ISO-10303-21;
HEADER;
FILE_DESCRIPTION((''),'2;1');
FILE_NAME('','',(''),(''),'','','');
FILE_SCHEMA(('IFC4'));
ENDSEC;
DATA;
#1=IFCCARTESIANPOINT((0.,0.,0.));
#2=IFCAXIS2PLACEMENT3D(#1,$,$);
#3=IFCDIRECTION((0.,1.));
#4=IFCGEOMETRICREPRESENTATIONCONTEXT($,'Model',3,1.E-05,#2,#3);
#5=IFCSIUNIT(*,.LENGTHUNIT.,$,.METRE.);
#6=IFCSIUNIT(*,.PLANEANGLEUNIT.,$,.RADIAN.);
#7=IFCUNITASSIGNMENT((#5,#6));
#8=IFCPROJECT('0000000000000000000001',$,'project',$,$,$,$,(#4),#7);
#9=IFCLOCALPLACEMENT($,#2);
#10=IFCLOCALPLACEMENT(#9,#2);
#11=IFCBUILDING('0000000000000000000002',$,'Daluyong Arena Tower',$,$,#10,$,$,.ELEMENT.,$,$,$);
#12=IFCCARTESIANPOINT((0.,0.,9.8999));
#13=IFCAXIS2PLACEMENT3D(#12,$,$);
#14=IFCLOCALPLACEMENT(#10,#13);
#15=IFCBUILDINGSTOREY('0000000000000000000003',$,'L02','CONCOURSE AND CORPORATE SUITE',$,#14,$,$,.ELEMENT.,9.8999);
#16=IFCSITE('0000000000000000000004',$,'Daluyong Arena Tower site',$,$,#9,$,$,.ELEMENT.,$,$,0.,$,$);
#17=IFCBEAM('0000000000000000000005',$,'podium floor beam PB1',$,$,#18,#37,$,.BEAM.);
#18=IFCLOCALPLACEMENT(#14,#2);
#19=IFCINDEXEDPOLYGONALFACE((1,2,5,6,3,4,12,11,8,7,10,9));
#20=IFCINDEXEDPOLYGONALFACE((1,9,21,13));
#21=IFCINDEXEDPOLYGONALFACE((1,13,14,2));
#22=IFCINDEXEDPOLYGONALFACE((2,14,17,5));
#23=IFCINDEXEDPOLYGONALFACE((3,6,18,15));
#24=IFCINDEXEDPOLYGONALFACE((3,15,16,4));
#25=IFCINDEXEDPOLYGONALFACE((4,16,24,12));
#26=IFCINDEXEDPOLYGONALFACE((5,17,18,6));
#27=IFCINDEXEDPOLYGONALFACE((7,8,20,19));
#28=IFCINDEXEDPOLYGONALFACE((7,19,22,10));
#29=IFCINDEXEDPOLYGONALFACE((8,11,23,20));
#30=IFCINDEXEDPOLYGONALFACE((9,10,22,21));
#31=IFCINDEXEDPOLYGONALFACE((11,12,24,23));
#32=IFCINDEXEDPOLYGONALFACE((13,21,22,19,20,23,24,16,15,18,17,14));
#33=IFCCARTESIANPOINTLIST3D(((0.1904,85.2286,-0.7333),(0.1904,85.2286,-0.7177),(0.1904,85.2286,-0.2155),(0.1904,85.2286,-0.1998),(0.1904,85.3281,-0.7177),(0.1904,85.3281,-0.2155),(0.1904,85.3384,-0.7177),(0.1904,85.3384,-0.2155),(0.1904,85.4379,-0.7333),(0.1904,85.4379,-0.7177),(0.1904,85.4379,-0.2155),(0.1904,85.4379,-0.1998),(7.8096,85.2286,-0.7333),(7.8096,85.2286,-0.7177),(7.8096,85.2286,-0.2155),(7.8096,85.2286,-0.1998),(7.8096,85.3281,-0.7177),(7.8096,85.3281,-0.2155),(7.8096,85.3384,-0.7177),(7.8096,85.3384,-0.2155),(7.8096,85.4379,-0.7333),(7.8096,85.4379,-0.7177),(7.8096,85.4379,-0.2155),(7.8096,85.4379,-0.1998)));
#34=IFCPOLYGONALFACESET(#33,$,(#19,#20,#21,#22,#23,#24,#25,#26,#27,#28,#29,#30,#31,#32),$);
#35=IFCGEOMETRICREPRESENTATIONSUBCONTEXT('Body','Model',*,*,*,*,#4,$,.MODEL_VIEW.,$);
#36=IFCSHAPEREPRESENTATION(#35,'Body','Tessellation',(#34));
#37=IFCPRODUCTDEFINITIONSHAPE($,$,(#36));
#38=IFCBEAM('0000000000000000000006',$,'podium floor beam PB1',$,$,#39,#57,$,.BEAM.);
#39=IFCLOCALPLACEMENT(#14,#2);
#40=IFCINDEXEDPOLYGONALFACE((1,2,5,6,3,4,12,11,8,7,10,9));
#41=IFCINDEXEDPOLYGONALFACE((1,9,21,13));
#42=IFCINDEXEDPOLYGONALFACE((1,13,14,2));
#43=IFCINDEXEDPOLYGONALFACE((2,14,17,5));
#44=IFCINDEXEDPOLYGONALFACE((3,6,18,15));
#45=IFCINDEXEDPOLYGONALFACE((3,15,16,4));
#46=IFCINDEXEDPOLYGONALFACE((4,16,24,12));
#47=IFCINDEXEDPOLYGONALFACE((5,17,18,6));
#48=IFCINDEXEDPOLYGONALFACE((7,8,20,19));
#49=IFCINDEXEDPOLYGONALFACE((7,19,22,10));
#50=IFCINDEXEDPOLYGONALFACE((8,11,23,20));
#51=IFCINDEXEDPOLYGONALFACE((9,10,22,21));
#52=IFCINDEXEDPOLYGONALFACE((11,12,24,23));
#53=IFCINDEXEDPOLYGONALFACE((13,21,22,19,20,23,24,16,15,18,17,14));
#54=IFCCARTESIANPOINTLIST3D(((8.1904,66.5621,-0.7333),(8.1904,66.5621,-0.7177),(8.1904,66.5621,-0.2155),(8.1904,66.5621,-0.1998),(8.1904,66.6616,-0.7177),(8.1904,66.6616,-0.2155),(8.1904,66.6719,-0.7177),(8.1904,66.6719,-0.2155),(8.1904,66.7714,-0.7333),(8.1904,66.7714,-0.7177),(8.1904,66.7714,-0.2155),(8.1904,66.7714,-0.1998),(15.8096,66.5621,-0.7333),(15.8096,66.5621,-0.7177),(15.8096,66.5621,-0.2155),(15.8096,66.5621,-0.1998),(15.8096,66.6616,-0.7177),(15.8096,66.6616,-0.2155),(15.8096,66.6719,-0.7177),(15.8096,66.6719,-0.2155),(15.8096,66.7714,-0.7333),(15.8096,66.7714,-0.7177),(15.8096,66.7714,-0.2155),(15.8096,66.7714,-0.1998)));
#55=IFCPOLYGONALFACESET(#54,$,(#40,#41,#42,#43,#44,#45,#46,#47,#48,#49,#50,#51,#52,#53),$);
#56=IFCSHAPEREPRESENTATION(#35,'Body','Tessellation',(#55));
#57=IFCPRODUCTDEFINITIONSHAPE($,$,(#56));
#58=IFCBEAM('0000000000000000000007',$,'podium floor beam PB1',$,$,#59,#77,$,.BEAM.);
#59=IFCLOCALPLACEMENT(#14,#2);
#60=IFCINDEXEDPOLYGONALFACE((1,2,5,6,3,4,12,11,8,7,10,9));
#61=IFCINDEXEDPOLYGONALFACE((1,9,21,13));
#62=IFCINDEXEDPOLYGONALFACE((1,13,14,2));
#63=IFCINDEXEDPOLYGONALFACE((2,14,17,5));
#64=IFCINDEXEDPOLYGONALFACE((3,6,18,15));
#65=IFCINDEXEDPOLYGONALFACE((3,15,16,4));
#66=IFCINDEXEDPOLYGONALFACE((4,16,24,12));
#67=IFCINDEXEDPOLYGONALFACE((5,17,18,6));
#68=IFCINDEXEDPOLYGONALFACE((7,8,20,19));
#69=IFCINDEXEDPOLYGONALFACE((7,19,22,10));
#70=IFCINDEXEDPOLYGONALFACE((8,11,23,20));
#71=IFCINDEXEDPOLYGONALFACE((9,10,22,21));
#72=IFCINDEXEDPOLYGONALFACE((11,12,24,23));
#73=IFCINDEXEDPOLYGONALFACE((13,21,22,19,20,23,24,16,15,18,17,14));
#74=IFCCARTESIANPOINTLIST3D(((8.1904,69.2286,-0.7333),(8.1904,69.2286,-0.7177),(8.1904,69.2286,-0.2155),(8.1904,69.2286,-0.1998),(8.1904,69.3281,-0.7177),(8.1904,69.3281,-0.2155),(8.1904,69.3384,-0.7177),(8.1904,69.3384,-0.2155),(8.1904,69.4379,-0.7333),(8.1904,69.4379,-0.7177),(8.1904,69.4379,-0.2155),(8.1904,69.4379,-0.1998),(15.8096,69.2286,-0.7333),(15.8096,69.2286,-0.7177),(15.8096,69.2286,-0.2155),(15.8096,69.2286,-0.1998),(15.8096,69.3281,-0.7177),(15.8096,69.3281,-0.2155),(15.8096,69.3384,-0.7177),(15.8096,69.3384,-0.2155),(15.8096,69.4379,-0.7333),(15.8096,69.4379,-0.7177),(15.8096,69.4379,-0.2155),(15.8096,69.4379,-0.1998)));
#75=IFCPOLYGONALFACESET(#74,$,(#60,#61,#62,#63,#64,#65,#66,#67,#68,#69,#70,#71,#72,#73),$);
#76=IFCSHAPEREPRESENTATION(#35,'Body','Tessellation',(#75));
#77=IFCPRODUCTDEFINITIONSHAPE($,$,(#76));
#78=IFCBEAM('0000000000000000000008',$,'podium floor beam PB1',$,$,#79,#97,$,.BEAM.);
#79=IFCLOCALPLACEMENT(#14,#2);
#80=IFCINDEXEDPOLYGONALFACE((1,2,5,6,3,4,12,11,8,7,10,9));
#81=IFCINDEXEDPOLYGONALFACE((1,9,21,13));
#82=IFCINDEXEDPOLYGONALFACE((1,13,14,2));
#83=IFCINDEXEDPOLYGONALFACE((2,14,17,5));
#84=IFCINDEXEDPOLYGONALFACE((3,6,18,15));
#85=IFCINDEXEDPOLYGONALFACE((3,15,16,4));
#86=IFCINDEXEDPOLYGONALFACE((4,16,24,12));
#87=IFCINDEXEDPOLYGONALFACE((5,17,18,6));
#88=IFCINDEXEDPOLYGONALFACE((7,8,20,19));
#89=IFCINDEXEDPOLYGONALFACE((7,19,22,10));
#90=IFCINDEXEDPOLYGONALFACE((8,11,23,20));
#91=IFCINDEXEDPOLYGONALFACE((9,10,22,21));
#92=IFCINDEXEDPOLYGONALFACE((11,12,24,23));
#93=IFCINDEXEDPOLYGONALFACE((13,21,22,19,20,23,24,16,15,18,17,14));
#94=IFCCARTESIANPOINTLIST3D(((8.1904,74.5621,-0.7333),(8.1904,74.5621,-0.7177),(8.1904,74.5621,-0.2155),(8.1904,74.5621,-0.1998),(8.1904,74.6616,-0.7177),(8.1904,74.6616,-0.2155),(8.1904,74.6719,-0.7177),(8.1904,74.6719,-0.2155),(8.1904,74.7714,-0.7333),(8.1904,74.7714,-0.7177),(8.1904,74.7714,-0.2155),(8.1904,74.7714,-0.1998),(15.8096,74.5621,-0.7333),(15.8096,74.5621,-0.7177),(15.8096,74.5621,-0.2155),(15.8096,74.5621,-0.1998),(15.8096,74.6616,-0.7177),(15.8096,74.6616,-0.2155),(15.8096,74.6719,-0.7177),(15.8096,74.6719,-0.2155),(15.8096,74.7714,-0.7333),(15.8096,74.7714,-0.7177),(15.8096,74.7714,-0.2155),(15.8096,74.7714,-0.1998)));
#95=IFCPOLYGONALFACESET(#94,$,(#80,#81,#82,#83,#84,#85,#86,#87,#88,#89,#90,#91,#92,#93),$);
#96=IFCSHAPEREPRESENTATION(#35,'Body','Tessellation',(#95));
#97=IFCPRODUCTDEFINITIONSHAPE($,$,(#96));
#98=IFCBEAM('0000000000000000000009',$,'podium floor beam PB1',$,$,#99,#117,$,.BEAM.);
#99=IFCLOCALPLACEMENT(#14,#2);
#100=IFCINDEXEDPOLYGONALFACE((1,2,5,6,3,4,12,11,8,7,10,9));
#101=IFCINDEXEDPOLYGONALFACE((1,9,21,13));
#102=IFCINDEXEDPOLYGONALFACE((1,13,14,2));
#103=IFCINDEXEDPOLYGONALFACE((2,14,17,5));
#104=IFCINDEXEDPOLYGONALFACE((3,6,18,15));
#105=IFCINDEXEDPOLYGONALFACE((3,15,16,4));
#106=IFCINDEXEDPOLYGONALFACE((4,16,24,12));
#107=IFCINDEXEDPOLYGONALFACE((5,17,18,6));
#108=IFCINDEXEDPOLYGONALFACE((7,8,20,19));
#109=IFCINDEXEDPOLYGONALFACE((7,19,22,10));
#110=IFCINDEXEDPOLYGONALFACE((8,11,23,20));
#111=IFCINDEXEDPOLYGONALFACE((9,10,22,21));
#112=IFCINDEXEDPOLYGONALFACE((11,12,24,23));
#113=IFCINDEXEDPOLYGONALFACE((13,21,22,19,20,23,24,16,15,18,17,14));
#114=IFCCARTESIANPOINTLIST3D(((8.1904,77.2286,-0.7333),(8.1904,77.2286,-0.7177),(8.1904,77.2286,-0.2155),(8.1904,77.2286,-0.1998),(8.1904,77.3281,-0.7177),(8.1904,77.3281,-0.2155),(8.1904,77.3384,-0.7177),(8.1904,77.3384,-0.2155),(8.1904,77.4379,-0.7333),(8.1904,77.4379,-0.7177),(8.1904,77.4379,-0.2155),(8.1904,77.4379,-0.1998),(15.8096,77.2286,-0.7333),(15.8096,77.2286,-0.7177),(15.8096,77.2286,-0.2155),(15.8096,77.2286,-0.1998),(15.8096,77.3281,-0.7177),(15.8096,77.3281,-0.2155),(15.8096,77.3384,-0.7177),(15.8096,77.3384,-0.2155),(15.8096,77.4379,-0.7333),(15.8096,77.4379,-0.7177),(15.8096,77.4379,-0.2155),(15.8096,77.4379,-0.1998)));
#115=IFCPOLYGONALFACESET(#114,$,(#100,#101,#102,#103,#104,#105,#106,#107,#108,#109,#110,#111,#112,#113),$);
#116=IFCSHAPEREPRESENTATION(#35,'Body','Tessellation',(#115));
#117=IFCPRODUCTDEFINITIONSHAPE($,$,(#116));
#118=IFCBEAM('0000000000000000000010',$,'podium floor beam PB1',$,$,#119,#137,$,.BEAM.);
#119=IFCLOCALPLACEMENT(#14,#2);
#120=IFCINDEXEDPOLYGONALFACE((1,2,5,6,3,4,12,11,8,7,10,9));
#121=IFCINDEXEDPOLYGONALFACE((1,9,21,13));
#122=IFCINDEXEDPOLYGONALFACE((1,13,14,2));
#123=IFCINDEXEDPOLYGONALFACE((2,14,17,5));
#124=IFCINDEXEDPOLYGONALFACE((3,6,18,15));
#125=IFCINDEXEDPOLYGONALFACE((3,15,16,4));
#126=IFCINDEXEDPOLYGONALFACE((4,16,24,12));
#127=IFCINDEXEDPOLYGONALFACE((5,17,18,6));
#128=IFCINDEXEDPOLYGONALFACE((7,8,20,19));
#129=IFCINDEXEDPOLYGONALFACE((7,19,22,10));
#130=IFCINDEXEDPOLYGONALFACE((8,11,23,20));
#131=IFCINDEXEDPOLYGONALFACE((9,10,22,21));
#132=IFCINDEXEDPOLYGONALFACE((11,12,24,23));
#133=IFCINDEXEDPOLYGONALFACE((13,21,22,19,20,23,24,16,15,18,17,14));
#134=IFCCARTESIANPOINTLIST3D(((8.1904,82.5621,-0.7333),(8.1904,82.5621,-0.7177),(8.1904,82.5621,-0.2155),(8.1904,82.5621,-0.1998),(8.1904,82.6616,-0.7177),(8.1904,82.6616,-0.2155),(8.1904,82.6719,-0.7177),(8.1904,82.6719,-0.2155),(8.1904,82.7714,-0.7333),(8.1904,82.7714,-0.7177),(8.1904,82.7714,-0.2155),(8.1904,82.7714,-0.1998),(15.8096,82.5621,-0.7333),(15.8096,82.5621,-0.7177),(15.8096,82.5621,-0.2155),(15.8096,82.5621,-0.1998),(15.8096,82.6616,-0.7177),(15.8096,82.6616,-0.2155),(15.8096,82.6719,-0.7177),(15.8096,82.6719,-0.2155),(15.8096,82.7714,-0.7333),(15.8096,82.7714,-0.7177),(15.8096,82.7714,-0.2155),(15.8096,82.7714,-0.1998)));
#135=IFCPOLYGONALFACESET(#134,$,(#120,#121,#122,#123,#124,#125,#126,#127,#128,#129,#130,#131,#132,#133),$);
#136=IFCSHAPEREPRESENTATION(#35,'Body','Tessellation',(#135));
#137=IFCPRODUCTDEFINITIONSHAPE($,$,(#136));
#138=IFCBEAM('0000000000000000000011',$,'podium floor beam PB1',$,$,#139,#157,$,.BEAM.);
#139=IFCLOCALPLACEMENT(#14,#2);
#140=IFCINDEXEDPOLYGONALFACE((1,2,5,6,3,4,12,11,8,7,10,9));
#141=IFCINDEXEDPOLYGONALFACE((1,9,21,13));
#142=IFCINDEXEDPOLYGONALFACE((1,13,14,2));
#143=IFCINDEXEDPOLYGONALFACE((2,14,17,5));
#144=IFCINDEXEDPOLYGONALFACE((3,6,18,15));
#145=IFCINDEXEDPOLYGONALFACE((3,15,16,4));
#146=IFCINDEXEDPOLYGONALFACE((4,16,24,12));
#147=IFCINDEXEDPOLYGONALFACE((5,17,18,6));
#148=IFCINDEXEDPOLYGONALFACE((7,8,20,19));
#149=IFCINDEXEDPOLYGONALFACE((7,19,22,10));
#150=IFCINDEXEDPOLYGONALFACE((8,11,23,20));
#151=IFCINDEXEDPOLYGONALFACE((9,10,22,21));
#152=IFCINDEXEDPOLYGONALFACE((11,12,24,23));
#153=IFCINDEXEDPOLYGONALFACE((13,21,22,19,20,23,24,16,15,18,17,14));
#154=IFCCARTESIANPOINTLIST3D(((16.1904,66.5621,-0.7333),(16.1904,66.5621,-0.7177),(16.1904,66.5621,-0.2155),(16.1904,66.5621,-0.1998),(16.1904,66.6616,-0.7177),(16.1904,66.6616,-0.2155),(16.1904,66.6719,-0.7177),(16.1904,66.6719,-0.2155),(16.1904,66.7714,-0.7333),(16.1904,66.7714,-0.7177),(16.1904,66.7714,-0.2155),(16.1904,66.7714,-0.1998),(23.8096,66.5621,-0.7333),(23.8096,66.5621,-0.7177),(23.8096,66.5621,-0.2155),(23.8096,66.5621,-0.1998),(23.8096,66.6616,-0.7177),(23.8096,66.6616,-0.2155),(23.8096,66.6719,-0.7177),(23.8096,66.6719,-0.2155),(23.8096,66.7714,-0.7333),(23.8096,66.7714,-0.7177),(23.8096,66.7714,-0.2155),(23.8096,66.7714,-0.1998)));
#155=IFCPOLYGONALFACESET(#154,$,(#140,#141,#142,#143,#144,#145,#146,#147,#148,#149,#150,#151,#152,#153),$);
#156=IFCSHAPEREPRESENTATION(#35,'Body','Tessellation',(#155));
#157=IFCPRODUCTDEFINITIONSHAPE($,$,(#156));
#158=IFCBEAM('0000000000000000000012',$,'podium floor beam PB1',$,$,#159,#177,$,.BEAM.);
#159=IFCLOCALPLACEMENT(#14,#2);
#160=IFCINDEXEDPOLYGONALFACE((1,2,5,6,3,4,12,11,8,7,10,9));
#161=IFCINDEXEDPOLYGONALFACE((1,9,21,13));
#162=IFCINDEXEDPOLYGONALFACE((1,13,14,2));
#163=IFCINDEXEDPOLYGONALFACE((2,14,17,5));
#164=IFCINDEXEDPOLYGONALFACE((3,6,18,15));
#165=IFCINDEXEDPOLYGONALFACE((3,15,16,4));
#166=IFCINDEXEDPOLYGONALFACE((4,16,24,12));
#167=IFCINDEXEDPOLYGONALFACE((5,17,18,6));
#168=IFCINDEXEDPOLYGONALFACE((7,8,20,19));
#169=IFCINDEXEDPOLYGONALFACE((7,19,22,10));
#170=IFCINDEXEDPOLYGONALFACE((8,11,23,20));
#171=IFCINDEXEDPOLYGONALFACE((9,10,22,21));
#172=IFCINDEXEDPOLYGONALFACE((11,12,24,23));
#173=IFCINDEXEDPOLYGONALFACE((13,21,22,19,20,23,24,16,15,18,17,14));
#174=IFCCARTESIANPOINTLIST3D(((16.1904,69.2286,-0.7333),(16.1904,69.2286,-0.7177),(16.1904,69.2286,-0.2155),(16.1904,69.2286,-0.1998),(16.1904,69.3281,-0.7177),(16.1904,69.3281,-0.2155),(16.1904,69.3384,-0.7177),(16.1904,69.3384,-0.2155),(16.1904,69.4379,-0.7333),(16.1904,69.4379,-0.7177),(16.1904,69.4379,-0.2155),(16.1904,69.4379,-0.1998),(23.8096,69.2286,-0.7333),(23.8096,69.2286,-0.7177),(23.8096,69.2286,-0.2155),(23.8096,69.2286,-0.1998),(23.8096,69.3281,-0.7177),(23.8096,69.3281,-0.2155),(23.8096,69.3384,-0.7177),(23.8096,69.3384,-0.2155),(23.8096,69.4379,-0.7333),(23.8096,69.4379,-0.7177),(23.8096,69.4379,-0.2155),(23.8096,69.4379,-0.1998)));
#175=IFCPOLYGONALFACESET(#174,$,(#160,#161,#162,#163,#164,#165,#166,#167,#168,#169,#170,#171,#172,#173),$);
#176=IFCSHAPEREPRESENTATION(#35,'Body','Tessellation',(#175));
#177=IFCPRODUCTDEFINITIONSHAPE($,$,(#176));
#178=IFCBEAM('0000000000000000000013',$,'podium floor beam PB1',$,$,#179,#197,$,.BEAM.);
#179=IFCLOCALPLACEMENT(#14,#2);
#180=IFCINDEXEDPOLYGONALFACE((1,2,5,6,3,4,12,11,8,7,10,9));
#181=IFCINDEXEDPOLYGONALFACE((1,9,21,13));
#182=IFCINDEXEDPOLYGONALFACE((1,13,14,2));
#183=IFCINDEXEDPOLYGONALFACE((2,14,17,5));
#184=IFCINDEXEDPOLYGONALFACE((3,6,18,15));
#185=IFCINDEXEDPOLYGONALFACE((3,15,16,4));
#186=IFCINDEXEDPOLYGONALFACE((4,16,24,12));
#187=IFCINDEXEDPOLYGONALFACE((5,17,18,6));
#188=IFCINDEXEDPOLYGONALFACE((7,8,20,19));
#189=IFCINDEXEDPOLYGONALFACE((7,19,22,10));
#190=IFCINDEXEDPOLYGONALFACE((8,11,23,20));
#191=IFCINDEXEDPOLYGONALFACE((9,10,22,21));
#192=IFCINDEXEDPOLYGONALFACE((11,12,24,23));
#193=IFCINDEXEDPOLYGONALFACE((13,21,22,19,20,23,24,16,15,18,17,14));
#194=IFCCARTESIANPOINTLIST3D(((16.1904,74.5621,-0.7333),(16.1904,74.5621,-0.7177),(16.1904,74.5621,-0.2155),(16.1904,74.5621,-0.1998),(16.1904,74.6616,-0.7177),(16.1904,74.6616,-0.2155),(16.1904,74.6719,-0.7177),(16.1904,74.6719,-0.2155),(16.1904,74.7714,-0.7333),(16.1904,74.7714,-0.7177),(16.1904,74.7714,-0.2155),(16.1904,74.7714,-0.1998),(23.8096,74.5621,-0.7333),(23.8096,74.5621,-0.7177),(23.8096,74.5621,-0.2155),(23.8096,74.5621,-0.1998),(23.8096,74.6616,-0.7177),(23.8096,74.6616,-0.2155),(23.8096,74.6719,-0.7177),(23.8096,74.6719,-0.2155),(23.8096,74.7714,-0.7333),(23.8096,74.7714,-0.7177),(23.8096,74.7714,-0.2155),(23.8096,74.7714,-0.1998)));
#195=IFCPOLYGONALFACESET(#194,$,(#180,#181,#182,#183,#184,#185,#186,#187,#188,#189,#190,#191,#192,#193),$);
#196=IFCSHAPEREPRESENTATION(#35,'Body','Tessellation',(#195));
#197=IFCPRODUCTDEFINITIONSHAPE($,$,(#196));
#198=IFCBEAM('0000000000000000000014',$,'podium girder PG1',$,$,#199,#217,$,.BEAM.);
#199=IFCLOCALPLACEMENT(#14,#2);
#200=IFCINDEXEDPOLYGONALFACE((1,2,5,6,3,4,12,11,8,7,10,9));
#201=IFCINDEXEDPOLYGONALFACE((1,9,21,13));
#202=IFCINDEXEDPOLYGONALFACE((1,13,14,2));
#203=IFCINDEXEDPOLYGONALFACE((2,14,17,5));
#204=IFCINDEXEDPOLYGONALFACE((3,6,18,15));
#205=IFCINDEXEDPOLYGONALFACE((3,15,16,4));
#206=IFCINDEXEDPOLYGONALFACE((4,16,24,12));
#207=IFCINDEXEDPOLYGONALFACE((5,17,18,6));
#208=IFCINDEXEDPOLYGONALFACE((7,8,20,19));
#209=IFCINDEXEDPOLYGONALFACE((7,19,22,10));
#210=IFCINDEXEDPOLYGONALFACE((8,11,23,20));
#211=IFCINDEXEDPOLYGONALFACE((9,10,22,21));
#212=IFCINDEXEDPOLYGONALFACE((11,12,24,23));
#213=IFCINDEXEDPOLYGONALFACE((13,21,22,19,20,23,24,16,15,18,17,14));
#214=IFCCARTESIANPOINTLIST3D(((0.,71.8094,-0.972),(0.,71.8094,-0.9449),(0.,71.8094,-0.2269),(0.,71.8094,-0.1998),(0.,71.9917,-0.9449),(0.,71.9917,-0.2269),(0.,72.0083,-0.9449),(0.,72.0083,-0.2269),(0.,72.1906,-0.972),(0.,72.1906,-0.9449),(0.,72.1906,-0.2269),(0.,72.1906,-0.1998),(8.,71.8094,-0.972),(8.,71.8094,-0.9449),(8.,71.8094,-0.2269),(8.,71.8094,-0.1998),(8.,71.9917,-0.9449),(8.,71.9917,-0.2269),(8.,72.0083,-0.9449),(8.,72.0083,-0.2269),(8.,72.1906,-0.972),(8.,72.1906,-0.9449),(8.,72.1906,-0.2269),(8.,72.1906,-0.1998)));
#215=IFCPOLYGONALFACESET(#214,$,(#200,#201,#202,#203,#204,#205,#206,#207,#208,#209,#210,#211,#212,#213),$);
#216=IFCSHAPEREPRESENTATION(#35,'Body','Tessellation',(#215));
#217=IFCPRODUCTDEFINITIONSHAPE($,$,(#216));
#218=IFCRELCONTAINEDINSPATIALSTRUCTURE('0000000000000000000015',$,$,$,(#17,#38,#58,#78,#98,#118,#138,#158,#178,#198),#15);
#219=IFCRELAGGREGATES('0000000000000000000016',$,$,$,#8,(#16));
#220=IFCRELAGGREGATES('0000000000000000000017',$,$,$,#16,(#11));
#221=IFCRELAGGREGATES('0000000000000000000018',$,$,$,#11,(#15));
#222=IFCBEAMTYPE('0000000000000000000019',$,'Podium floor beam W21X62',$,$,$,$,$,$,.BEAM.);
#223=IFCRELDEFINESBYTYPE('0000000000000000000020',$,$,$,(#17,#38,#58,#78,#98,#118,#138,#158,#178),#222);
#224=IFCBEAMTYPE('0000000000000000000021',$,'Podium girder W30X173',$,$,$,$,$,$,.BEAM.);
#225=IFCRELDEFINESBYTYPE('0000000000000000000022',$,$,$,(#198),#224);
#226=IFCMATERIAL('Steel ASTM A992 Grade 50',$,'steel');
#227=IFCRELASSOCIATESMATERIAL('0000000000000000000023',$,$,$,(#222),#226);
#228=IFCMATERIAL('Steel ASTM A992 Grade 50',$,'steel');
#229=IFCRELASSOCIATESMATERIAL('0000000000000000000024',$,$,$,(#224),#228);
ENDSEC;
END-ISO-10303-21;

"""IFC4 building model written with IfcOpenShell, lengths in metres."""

from ifc_helpers import new_model, si_unit, direction, frame, origin, origin_2d, place, context, subcontext, project, spatial, i_section, extrude, material, material_profile, profile_set, type_object, element, save


model = new_model("IFC4")

# Units and contexts
model_context = context("Model", 3, precision=1e-05, world=origin(), true_north=direction((0.0, 1.0)))
body_context = subcontext(model_context, "Body", "Model", "MODEL_VIEW")
ifc_project = project(units=[si_unit("LENGTHUNIT", "METRE"), si_unit("PLANEANGLEUNIT", "RADIAN")], contexts=[model_context])

# Site, building, storey
site_placement = place(None, origin())
site = spatial("IfcSite", under=ifc_project, at=site_placement, Name="Daluyong Arena Tower site", CompositionType="ELEMENT", RefElevation=0.0)
building_placement = place(site_placement, origin())
building = spatial("IfcBuilding", under=site, at=building_placement, Name="Daluyong Arena Tower", CompositionType="ELEMENT")
storey_placement = place(building_placement, frame((0.0, 0.0, 9.8999)))
storey = spatial("IfcBuildingStorey", under=building, at=storey_placement, Name="L02", Description="CONCOURSE AND CORPORATE SUITE", CompositionType="ELEMENT", Elevation=9.8999)

# Beams
ifc_material_1 = material(Name="Steel ASTM A992 Grade 50", Category="steel")
ifc_material_profile_1 = material_profile(ifc_material_1, i_section(OverallWidth=0.2092, OverallDepth=0.5334, WebThickness=0.0103, FlangeThickness=0.0156, at=origin_2d()))
ifc_profile_set_1 = profile_set([ifc_material_profile_1], Name="Steel ASTM A992 Grade 50")
beam_type_1 = type_object("IfcBeamType", Name="Podium floor beam W21X62", PredefinedType="BEAM", material=ifc_profile_set_1)
for number, where, z_axis, x_axis, name in (
    (1, (0.1904, 85.3333, -0.4666), (1.0, 0.0, 0.0), (0.0, 1.0, 0.0), "podium floor beam PB1"),
    (2, (8.1904, 66.6667, -0.4666), (1.0, 0.0, 0.0), (0.0, 1.0, 0.0), "podium floor beam PB1"),
    (3, (8.1904, 69.3333, -0.4666), (1.0, 0.0, 0.0), (0.0, 1.0, 0.0), "podium floor beam PB1"),
    (4, (8.1904, 74.6667, -0.4666), (1.0, 0.0, 0.0), (0.0, 1.0, 0.0), "podium floor beam PB1"),
    (5, (8.1904, 77.3333, -0.4666), (1.0, 0.0, 0.0), (0.0, 1.0, 0.0), "podium floor beam PB1"),
    (6, (8.1904, 82.6667, -0.4666), (1.0, 0.0, 0.0), (0.0, 1.0, 0.0), "podium floor beam PB1"),
    (7, (16.1904, 66.6667, -0.4666), (1.0, 0.0, 0.0), (0.0, 1.0, 0.0), "podium floor beam PB1"),
    (8, (16.1904, 69.3333, -0.4666), (1.0, 0.0, 0.0), (0.0, 1.0, 0.0), "podium floor beam PB1"),
    (9, (16.1904, 74.6667, -0.4666), (1.0, 0.0, 0.0), (0.0, 1.0, 0.0), "podium floor beam PB1"),
):
    element("IfcBeam", number, at=place(storey_placement, frame(where, z_axis=z_axis, x_axis=x_axis)), inside=storey, type_object=beam_type_1, Name=name, PredefinedType="BEAM", context=body_context, shape_type="SweptSolid", body=[
        extrude(i_section(OverallWidth=0.2092, OverallDepth=0.5334, WebThickness=0.0103, FlangeThickness=0.0156, at=origin_2d()), origin(), (0.0, 0.0, 1.0), 7.6191),
    ])
ifc_material_2 = material(Name="Steel ASTM A992 Grade 50", Category="steel")
ifc_material_profile_2 = material_profile(ifc_material_2, i_section(OverallWidth=0.3811, OverallDepth=0.7722, WebThickness=0.0166, FlangeThickness=0.0271, at=origin_2d()))
ifc_profile_set_2 = profile_set([ifc_material_profile_2], Name="Steel ASTM A992 Grade 50")
beam_type_2 = type_object("IfcBeamType", Name="Podium girder W30X173", PredefinedType="BEAM", material=ifc_profile_set_2)
for number, where, z_axis, x_axis, name in (
    (10, (0.0, 72.0, -0.5859), (1.0, 0.0, 0.0), (0.0, 1.0, 0.0), "podium girder PG1"),
):
    element("IfcBeam", number, at=place(storey_placement, frame(where, z_axis=z_axis, x_axis=x_axis)), inside=storey, type_object=beam_type_2, Name=name, PredefinedType="BEAM", context=body_context, shape_type="SweptSolid", body=[
        extrude(i_section(OverallWidth=0.3811, OverallDepth=0.7722, WebThickness=0.0166, FlangeThickness=0.0271, at=origin_2d()), origin(), (0.0, 0.0, 1.0), 8.0),
    ])

save(model, "model.ifc")
